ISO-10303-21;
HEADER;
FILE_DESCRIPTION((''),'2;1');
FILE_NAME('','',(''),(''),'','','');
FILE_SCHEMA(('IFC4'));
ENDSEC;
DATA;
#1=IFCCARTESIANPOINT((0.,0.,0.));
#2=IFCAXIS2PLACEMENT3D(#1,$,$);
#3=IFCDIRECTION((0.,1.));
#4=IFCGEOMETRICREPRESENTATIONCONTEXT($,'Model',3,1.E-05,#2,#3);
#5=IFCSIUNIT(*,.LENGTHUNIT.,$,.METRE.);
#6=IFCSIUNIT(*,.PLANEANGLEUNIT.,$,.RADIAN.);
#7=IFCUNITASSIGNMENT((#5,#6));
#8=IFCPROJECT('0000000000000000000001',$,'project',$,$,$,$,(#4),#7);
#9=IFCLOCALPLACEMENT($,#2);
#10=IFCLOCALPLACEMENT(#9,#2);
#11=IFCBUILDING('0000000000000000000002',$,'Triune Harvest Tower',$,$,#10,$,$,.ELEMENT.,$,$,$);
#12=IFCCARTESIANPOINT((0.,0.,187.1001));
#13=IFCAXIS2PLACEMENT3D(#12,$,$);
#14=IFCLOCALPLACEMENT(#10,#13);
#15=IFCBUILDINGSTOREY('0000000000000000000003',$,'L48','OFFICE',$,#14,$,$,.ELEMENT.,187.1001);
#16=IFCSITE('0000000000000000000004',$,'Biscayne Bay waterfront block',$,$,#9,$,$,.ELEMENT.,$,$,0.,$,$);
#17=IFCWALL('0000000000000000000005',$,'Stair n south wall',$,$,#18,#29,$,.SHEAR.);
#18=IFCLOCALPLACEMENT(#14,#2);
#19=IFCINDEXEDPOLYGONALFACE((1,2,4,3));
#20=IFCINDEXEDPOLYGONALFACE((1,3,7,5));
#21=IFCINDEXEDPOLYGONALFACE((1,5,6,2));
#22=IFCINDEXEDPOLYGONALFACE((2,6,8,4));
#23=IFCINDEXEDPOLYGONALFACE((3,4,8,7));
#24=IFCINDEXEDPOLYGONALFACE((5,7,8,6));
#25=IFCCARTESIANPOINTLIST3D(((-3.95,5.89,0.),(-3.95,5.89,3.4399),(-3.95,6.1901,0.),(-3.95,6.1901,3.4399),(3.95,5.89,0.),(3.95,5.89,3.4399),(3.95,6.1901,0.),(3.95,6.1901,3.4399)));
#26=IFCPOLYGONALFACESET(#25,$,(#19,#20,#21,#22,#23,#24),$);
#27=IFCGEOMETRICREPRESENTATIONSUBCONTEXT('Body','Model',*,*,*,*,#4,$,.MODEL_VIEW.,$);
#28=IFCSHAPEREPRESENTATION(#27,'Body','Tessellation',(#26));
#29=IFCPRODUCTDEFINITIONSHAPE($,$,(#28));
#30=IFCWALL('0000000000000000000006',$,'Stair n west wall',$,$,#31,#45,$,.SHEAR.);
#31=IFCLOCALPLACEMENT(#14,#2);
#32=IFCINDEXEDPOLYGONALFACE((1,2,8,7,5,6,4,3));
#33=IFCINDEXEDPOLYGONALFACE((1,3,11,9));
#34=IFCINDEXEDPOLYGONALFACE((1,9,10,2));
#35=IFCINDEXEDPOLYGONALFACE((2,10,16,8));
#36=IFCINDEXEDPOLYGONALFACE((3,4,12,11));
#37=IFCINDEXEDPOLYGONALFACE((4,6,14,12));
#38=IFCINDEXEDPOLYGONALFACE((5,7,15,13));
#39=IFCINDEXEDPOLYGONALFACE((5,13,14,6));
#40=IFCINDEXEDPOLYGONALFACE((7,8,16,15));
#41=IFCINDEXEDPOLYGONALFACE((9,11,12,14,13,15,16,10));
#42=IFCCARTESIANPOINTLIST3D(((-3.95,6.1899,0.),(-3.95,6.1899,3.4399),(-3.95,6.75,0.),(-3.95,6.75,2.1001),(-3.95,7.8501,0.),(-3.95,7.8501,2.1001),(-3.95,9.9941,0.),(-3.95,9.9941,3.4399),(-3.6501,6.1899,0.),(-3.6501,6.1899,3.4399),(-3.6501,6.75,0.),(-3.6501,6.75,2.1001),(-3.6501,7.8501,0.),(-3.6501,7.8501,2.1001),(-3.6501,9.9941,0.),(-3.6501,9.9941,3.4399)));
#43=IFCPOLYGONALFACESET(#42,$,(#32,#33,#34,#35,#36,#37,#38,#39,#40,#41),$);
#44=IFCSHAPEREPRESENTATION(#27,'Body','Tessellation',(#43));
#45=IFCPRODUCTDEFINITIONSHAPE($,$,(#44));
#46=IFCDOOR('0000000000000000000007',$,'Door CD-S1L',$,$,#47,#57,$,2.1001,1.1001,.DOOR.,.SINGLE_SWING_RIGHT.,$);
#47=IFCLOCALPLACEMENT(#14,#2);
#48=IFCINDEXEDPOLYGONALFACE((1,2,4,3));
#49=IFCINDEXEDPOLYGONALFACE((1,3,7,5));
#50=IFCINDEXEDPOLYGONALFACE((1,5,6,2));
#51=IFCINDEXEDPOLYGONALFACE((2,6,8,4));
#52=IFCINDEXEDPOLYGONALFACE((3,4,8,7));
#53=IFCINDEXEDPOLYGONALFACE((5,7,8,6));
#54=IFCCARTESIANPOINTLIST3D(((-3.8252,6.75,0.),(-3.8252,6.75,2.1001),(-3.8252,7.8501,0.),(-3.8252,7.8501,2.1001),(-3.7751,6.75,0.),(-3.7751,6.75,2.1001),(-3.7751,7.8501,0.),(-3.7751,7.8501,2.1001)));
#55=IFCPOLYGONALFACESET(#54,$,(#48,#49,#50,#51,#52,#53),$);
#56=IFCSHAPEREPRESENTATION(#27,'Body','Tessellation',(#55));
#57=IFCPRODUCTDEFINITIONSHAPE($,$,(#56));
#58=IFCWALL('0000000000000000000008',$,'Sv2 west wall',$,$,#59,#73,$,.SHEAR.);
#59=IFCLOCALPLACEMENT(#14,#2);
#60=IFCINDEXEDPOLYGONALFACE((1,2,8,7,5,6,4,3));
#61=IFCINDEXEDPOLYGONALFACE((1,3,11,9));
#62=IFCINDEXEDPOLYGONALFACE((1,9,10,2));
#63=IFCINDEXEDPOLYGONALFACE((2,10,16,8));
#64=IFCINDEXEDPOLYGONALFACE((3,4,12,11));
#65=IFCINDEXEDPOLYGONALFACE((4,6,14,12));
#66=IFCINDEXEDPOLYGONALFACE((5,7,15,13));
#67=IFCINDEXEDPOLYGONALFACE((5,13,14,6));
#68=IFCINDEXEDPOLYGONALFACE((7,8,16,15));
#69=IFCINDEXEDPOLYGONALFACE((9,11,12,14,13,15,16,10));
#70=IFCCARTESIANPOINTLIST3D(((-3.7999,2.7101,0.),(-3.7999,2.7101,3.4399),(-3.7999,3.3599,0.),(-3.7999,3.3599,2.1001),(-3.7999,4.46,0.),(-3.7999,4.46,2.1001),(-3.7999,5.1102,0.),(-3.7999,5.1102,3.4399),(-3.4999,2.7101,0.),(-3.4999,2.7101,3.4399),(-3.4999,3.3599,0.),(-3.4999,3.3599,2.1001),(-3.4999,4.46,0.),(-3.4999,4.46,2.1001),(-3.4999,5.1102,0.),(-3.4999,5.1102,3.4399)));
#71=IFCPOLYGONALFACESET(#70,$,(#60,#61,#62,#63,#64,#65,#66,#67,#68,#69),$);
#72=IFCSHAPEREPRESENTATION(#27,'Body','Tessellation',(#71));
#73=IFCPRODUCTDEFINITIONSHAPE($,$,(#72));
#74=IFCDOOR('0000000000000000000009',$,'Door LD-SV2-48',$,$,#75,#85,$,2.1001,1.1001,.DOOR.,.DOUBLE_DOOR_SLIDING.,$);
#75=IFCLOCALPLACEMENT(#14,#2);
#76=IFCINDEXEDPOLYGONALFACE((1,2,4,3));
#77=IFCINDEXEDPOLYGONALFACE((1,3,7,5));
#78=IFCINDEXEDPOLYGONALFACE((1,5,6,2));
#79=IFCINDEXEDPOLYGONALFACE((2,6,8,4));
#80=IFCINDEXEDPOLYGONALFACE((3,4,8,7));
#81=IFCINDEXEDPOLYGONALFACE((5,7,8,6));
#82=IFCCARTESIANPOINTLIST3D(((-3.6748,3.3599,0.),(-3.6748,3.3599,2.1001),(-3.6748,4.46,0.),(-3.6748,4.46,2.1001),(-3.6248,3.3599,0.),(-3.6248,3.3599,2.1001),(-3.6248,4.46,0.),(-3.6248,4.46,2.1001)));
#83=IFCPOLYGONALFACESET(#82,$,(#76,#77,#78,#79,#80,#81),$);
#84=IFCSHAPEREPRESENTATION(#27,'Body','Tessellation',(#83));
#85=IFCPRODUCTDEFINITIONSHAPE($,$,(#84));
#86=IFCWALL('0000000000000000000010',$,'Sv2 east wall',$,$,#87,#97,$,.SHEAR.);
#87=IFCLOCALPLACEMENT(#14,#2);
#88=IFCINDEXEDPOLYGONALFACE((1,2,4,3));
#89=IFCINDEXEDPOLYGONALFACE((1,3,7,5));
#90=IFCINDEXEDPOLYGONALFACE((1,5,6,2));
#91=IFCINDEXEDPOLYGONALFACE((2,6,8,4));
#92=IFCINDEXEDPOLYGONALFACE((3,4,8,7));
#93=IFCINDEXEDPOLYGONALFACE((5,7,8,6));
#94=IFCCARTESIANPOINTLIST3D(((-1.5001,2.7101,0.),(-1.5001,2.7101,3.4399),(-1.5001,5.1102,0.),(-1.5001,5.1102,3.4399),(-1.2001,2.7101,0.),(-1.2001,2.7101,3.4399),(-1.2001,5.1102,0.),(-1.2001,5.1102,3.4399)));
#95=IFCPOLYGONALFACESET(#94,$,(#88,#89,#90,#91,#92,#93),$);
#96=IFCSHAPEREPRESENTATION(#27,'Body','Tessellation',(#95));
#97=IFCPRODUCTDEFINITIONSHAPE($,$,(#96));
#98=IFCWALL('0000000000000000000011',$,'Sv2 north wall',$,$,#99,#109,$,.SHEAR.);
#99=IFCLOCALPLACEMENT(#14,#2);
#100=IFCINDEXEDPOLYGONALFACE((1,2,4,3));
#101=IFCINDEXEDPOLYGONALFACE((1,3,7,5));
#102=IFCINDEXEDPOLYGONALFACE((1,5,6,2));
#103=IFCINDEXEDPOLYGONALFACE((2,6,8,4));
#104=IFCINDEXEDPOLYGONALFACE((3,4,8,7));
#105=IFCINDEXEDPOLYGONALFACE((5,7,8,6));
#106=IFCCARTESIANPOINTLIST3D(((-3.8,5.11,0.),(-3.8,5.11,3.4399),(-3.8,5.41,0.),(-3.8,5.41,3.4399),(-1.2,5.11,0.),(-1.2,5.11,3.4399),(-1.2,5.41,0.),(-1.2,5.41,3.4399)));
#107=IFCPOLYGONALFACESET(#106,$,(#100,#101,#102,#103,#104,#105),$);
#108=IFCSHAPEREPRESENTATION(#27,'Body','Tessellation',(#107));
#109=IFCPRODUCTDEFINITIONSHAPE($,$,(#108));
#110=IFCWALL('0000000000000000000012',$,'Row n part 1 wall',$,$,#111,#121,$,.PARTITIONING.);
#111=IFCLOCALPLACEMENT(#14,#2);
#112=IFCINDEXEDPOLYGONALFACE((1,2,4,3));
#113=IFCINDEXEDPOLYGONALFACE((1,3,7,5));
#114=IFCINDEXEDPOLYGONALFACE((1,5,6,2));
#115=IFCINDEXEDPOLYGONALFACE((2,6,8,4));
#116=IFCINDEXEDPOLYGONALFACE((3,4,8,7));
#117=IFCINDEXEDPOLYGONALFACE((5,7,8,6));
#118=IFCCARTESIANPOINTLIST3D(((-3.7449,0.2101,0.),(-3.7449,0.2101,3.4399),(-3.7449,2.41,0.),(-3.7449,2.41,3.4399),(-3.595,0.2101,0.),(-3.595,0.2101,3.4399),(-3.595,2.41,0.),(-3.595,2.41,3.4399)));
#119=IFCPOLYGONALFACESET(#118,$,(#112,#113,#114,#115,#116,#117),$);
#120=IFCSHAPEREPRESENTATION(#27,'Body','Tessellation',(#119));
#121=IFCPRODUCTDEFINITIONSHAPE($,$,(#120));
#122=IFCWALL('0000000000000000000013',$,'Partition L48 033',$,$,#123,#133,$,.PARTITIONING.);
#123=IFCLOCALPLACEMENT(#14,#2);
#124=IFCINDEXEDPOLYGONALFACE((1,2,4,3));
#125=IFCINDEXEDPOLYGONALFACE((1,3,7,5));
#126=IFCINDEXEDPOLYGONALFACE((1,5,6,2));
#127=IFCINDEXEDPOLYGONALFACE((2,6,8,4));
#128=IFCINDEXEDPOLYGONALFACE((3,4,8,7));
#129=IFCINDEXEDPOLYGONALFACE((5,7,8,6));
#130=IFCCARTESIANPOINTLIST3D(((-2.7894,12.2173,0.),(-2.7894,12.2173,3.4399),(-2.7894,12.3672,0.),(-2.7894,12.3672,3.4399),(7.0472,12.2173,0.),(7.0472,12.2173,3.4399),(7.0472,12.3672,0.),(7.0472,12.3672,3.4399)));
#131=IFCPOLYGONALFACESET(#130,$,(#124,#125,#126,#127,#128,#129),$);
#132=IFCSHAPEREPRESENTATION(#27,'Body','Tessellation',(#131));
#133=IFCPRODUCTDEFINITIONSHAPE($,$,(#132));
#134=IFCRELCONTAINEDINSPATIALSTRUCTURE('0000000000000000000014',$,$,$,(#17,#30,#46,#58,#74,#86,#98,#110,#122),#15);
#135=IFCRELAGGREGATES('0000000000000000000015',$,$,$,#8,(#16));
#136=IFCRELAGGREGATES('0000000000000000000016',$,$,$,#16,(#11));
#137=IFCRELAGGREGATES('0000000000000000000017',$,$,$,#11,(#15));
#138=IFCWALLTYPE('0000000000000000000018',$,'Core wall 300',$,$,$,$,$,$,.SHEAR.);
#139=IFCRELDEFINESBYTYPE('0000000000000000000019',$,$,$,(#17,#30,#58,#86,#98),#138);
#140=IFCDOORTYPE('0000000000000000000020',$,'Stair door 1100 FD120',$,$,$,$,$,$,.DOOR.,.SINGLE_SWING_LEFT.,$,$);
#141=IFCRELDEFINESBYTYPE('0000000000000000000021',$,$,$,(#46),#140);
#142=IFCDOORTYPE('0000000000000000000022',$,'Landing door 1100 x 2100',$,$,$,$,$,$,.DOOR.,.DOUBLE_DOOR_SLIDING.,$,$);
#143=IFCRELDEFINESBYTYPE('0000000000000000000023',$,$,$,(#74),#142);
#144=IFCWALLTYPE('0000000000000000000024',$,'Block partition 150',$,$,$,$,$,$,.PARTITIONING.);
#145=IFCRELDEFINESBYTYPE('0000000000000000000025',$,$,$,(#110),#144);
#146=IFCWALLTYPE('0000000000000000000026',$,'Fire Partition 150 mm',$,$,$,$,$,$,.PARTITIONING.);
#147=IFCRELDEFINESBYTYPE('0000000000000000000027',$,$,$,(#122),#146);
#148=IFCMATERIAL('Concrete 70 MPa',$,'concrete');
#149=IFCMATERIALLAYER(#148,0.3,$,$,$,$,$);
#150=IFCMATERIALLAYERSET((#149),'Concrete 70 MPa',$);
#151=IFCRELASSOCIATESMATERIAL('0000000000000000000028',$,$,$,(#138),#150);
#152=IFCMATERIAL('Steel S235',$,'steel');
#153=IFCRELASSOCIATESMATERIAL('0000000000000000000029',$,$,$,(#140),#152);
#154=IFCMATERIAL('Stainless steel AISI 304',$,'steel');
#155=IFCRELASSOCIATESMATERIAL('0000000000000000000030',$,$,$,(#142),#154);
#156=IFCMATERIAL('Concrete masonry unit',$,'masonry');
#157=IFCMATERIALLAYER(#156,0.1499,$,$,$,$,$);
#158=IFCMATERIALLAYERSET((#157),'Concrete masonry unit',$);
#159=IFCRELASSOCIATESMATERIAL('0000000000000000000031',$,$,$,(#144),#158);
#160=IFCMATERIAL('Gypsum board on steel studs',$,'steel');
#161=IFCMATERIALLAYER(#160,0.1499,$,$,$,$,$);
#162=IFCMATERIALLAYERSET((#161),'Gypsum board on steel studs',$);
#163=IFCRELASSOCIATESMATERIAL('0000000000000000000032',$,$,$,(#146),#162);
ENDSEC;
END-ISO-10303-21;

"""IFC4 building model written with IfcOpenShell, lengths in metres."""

from ifc_helpers import new_model, si_unit, direction, frame, frame_2d, origin, place, context, subcontext, project, spatial, polyline, rectangle, outline, extrude, source, transform, mapped, material, layer, layer_set, type_object, element, fill, save


model = new_model("IFC4")

# Units and contexts
model_context = context("Model", 3, precision=1e-05, world=origin(), true_north=direction((0.0, 1.0)))
body_context = subcontext(model_context, "Body", "Model", "MODEL_VIEW")
ifc_project = project(units=[si_unit("LENGTHUNIT", "METRE"), si_unit("PLANEANGLEUNIT", "RADIAN")], contexts=[model_context])

# Site, building, storey
site_placement = place(None, origin())
site = spatial("IfcSite", under=ifc_project, at=site_placement, Name="Biscayne Bay waterfront block", CompositionType="ELEMENT", RefElevation=0.0)
building_placement = place(site_placement, origin())
building = spatial("IfcBuilding", under=site, at=building_placement, Name="Triune Harvest Tower", CompositionType="ELEMENT")
storey_placement = place(building_placement, frame((0.0, 0.0, 187.1001)))
storey = spatial("IfcBuildingStorey", under=building, at=storey_placement, Name="L48", Description="OFFICE", CompositionType="ELEMENT", Elevation=187.1001)

# Wall
ifc_material_1 = material(Name="Concrete 70 MPa", Category="concrete")
ifc_layer_1 = layer(ifc_material_1, 0.3)
ifc_layer_set_1 = layer_set([ifc_layer_1], Name="Concrete 70 MPa")
wall_type_1 = type_object("IfcWallType", Name="Core wall 300", PredefinedType="SHEAR", material=ifc_layer_set_1)
shared_shape_1 = source(origin(), body_context, "Body", "SweptSolid", [
    extrude(rectangle(XDim=7.8999, YDim=0.3, at=frame_2d((3.95, 0.0))), origin(), (0.0, 0.0, 1.0), 3.4399),
])
wall_1_placement = place(storey_placement, frame((-3.95, 6.04, 0.0), z_axis=(0.0, 0.0, 1.0), x_axis=(1.0, 0.0, 0.0)))
element("IfcWall", 1, at=wall_1_placement, inside=storey, type_object=wall_type_1, Name="Stair n south wall", PredefinedType="SHEAR", context=body_context, shape_type="MappedRepresentation", body=[
    mapped(shared_shape_1, transform((0.0, 0.0, 0.0), scale=1.0)),
])

# Walls, openings, doors
shared_shape_2 = source(origin(), body_context, "Body", "SweptSolid", [
    extrude(outline(polyline([(0.0, -0.1499), (0.0, 0.1499), (3.8042, 0.1499), (3.8042, -0.1499), (0.0, -0.1499)])), origin(), (0.0, 0.0, 1.0), 3.4399),
])
wall_2_placement = place(storey_placement, frame((-3.8, 6.1899, 0.0), z_axis=(0.0, 0.0, 1.0), x_axis=(0.0, 1.0, 0.0)))
wall_2 = element("IfcWall", 2, at=wall_2_placement, inside=storey, type_object=wall_type_1, Name="Stair n west wall", PredefinedType="SHEAR", context=body_context, shape_type="MappedRepresentation", body=[
    mapped(shared_shape_2, transform((0.0, 0.0, 0.0), scale=1.0)),
])
opening_1_placement = place(wall_2_placement, frame((0.5601, 0.0, 0.0)))
opening_1 = element("IfcOpeningElement", 3, at=opening_1_placement, cuts=wall_2, PredefinedType="OPENING", context=body_context, shape_type="SweptSolid", body=[
    extrude(rectangle(XDim=1.1001, YDim=2.1001, at=frame_2d((0.55, 1.05))), frame((0.0, 0.1602, 0.0), z_axis=(0.0, -1.0, 0.0), x_axis=(1.0, 0.0, 0.0)), (0.0, 0.0, 1.0), 0.3201),
])
ifc_material_2 = material(Name="Steel S235", Category="steel")
door_type_1 = type_object("IfcDoorType", Name="Stair door 1100 FD120", OperationType="SINGLE_SWING_LEFT", PredefinedType="DOOR", material=ifc_material_2)
door_1_placement = place(opening_1_placement, frame((1.1001, 0.0, 0.0), z_axis=(0.0, 0.0, 1.0), x_axis=(-1.0, 0.0, 0.0)))
door_1 = element("IfcDoor", 4, at=door_1_placement, inside=storey, type_object=door_type_1, Name="Door CD-S1L", OperationType="SINGLE_SWING_RIGHT", OverallHeight=2.1001, OverallWidth=1.1001, PredefinedType="DOOR", context=body_context, shape_type="SweptSolid", body=[
    extrude(rectangle(XDim=1.1001, YDim=2.1001, at=frame_2d((0.55, 1.05))), frame((0.0, 0.0249, 0.0), z_axis=(0.0, -1.0, 0.0), x_axis=(1.0, 0.0, 0.0)), (0.0, 0.0, 1.0), 0.05),
])
fill(opening_1, door_1)
shared_shape_3 = source(origin(), body_context, "Body", "SweptSolid", [
    extrude(rectangle(XDim=2.4001, YDim=0.3, at=frame_2d((1.2002, 0.0))), origin(), (0.0, 0.0, 1.0), 3.4399),
])
wall_3_placement = place(storey_placement, frame((-3.6499, 2.71, 0.0), z_axis=(0.0, 0.0, 1.0), x_axis=(0.0, 1.0, 0.0)))
wall_3 = element("IfcWall", 5, at=wall_3_placement, inside=storey, type_object=wall_type_1, Name="Sv2 west wall", PredefinedType="SHEAR", context=body_context, shape_type="MappedRepresentation", body=[
    mapped(shared_shape_3, transform((0.0, 0.0, 0.0), scale=1.0)),
])
opening_2_placement = place(wall_3_placement, frame((0.6499, 0.0, 0.0)))
opening_2 = element("IfcOpeningElement", 6, at=opening_2_placement, cuts=wall_3, PredefinedType="OPENING", context=body_context, shape_type="SweptSolid", body=[
    extrude(rectangle(XDim=1.1001, YDim=2.1001, at=frame_2d((0.55, 1.05))), frame((0.0, 0.1602, 0.0), z_axis=(0.0, -1.0, 0.0), x_axis=(1.0, 0.0, 0.0)), (0.0, 0.0, 1.0), 0.3201),
])
ifc_material_3 = material(Name="Stainless steel AISI 304", Category="steel")
door_type_2 = type_object("IfcDoorType", Name="Landing door 1100 x 2100", OperationType="DOUBLE_DOOR_SLIDING", PredefinedType="DOOR", material=ifc_material_3)
door_2_placement = place(opening_2_placement, origin())
door_2 = element("IfcDoor", 7, at=door_2_placement, inside=storey, type_object=door_type_2, Name="Door LD-SV2-48", OperationType="DOUBLE_DOOR_SLIDING", OverallHeight=2.1001, OverallWidth=1.1001, PredefinedType="DOOR", context=body_context, shape_type="SweptSolid", body=[
    extrude(rectangle(XDim=1.1001, YDim=2.1001, at=frame_2d((0.55, 1.05))), frame((0.0, 0.0249, 0.0), z_axis=(0.0, -1.0, 0.0), x_axis=(1.0, 0.0, 0.0)), (0.0, 0.0, 1.0), 0.05),
])
fill(opening_2, door_2)

# Walls
wall_4_placement = place(storey_placement, frame((-1.3501, 2.71, 0.0), z_axis=(0.0, 0.0, 1.0), x_axis=(0.0, 1.0, 0.0)))
element("IfcWall", 8, at=wall_4_placement, inside=storey, type_object=wall_type_1, Name="Sv2 east wall", PredefinedType="SHEAR", context=body_context, shape_type="MappedRepresentation", body=[
    mapped(shared_shape_3, transform((0.0, 0.0, 0.0), scale=1.0)),
])
shared_shape_4 = source(origin(), body_context, "Body", "SweptSolid", [
    extrude(rectangle(XDim=2.6001, YDim=0.3, at=frame_2d((1.3, 0.0))), origin(), (0.0, 0.0, 1.0), 3.4399),
])
wall_5_placement = place(storey_placement, frame((-3.8, 5.26, 0.0), z_axis=(0.0, 0.0, 1.0), x_axis=(1.0, 0.0, 0.0)))
element("IfcWall", 9, at=wall_5_placement, inside=storey, type_object=wall_type_1, Name="Sv2 north wall", PredefinedType="SHEAR", context=body_context, shape_type="MappedRepresentation", body=[
    mapped(shared_shape_4, transform((0.0, 0.0, 0.0), scale=1.0)),
])
ifc_material_4 = material(Name="Concrete masonry unit", Category="masonry")
ifc_layer_2 = layer(ifc_material_4, 0.1499)
ifc_layer_set_2 = layer_set([ifc_layer_2], Name="Concrete masonry unit")
wall_type_2 = type_object("IfcWallType", Name="Block partition 150", PredefinedType="PARTITIONING", material=ifc_layer_set_2)
shared_shape_5 = source(origin(), body_context, "Body", "SweptSolid", [
    extrude(rectangle(XDim=2.2, YDim=0.1499, at=frame_2d((1.1001, 0.0))), origin(), (0.0, 0.0, 1.0), 3.4399),
])
wall_6_placement = place(storey_placement, frame((-3.6699, 0.21, 0.0), z_axis=(0.0, 0.0, 1.0), x_axis=(0.0, 1.0, 0.0)))
element("IfcWall", 10, at=wall_6_placement, inside=storey, type_object=wall_type_2, Name="Row n part 1 wall", PredefinedType="PARTITIONING", context=body_context, shape_type="MappedRepresentation", body=[
    mapped(shared_shape_5, transform((0.0, 0.0, 0.0), scale=1.0)),
])
ifc_material_5 = material(Name="Gypsum board on steel studs", Category="steel")
ifc_layer_3 = layer(ifc_material_5, 0.1499)
ifc_layer_set_3 = layer_set([ifc_layer_3], Name="Gypsum board on steel studs")
wall_type_3 = type_object("IfcWallType", Name="Fire Partition 150 mm", PredefinedType="PARTITIONING", material=ifc_layer_set_3)
shared_shape_6 = source(origin(), body_context, "Body", "SweptSolid", [
    extrude(rectangle(XDim=9.8367, YDim=0.1499, at=frame_2d((4.9185, 0.0))), origin(), (0.0, 0.0, 1.0), 3.4399),
])
wall_7_placement = place(storey_placement, frame((-2.7896, 12.2922, 0.0), z_axis=(0.0, 0.0, 1.0), x_axis=(1.0, 0.0, 0.0)))
element("IfcWall", 11, at=wall_7_placement, inside=storey, type_object=wall_type_3, Name="Partition L48 033", PredefinedType="PARTITIONING", context=body_context, shape_type="MappedRepresentation", body=[
    mapped(shared_shape_6, transform((0.0, 0.0, 0.0), scale=1.0)),
])

save(model, "model.ifc")
